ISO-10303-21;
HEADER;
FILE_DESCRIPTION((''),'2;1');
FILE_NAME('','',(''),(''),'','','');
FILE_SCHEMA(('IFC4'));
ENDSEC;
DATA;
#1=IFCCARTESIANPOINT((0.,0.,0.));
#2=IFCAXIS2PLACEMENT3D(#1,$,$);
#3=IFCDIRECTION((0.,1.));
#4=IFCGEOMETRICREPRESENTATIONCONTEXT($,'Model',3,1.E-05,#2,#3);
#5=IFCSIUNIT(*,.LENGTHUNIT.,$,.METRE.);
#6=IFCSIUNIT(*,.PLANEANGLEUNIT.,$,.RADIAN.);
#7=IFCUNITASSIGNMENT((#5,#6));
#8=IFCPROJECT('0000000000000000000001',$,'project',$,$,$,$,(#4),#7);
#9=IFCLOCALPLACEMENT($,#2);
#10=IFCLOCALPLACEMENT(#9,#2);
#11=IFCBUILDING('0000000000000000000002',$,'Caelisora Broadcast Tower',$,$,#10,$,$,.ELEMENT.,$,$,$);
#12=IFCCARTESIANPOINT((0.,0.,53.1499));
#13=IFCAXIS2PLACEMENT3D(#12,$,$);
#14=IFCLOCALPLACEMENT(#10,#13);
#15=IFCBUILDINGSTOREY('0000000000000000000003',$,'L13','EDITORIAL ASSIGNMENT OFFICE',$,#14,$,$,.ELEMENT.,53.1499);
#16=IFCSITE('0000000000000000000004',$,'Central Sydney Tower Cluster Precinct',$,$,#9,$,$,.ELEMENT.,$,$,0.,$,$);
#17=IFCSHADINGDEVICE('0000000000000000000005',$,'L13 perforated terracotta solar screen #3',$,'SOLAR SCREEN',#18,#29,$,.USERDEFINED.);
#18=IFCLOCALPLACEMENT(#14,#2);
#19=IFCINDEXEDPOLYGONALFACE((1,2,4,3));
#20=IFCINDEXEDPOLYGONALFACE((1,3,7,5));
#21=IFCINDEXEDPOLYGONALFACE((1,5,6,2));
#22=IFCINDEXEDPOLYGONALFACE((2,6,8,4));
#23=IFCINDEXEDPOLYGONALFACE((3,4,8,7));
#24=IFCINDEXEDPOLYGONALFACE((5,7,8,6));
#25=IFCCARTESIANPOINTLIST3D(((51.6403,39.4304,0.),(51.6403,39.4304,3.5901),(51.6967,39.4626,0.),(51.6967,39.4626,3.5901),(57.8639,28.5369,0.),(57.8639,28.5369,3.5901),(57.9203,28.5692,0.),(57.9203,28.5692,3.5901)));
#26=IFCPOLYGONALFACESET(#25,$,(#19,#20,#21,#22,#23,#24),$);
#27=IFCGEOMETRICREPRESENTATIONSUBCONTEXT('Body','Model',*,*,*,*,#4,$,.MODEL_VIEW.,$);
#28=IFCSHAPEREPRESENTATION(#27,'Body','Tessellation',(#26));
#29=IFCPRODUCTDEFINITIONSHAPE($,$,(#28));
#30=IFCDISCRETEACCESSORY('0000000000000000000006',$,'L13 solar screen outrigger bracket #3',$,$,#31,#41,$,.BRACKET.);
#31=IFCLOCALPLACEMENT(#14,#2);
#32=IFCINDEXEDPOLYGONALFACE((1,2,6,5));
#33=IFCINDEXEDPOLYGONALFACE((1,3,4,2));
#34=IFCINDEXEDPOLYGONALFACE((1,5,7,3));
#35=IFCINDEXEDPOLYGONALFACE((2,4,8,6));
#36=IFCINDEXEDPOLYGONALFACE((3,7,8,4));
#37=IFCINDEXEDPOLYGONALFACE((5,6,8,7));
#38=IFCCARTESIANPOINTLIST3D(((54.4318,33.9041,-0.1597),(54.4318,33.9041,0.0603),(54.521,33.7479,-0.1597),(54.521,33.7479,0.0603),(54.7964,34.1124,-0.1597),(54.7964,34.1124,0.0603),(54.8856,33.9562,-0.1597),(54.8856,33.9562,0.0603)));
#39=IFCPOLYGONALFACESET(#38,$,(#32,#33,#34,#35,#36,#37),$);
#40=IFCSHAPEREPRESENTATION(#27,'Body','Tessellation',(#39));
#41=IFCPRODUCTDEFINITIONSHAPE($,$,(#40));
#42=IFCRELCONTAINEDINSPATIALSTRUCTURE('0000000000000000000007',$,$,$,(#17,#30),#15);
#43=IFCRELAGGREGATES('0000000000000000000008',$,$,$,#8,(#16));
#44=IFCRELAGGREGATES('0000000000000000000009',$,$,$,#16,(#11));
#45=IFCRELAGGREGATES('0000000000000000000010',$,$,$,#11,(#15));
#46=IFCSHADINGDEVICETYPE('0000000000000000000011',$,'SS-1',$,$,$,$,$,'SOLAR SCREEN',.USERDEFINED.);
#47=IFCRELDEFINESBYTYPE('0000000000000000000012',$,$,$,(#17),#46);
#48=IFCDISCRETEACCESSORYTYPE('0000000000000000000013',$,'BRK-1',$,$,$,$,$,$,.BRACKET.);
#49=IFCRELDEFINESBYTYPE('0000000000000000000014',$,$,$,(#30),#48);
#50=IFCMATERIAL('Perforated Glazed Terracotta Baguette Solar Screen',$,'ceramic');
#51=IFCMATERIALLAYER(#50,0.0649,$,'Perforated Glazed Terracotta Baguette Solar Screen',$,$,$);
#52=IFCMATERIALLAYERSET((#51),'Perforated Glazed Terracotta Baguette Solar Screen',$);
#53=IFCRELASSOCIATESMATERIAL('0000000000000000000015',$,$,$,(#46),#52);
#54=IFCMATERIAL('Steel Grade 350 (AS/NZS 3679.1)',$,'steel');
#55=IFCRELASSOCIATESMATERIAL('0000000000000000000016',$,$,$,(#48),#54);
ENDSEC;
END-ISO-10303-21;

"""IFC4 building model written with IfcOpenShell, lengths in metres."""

from ifc_helpers import new_model, si_unit, direction, frame, origin, origin_2d, place, context, subcontext, project, spatial, rectangle, extrude, source, transform, mapped, material, layer, layer_set, type_object, type_shapes, element, save


model = new_model("IFC4")

# Units and contexts
model_context = context("Model", 3, precision=1e-05, world=origin(), true_north=direction((0.0, 1.0)))
body_context = subcontext(model_context, "Body", "Model", "MODEL_VIEW")
ifc_project = project(units=[si_unit("LENGTHUNIT", "METRE"), si_unit("PLANEANGLEUNIT", "RADIAN")], contexts=[model_context])

# Site, building, storey
site_placement = place(None, origin())
site = spatial("IfcSite", under=ifc_project, at=site_placement, Name="Central Sydney Tower Cluster Precinct", CompositionType="ELEMENT", RefElevation=0.0)
building_placement = place(site_placement, origin())
building = spatial("IfcBuilding", under=site, at=building_placement, Name="Caelisora Broadcast Tower", CompositionType="ELEMENT")
storey_placement = place(building_placement, frame((0.0, 0.0, 53.1499)))
storey = spatial("IfcBuildingStorey", under=building, at=storey_placement, Name="L13", Description="EDITORIAL ASSIGNMENT OFFICE", CompositionType="ELEMENT", Elevation=53.1499)

# Shared definitions
ifc_material_1 = material(Name="Steel Grade 350 (AS/NZS 3679.1)", Category="steel")

# Shading device
ifc_material_2 = material(Name="Perforated Glazed Terracotta Baguette Solar Screen", Category="ceramic")
ifc_layer_1 = layer(ifc_material_2, 0.0649, Name="Perforated Glazed Terracotta Baguette Solar Screen")
ifc_layer_set_1 = layer_set([ifc_layer_1], Name="Perforated Glazed Terracotta Baguette Solar Screen")
shading_device_type = type_object("IfcShadingDeviceType", Name="SS-1", ElementType="SOLAR SCREEN", PredefinedType="USERDEFINED", material=ifc_layer_set_1)
shared_shape_1 = source(origin(), body_context, "Body", "SweptSolid", [
    extrude(rectangle(XDim=12.5459, YDim=0.0649, at=origin_2d()), origin(), (0.0, 0.0, 1.0), 3.5901),
])
type_shapes(shading_device_type, [shared_shape_1])
shading_device_placement = place(storey_placement, frame((54.7803, 33.9998, 0.0), z_axis=(0.0, 0.0, 1.0), x_axis=(-0.496065, 0.868285, 0.0)))
element("IfcShadingDevice", 1, at=shading_device_placement, inside=storey, type_object=shading_device_type, Name="L13 perforated terracotta solar screen #3", ObjectType="SOLAR SCREEN", PredefinedType="USERDEFINED", context=body_context, shape_type="MappedRepresentation", body=[
    mapped(shared_shape_1, transform((0.0, 0.0, 0.0), scale=1.0)),
])

# Discrete accessory
discrete_accessory_type = type_object("IfcDiscreteAccessoryType", Name="BRK-1", PredefinedType="BRACKET", material=ifc_material_1)
shared_shape_2 = source(origin(), body_context, "Body", "SweptSolid", [
    extrude(rectangle(XDim=0.1799, YDim=0.4199, at=origin_2d()), origin(), (0.0, 0.0, 1.0), 0.22),
])
type_shapes(discrete_accessory_type, [shared_shape_2])
discrete_accessory_placement = place(storey_placement, frame((54.6587, 33.9302, -0.1597), z_axis=(0.0, 0.0, 1.0), x_axis=(-0.496065, 0.868285, 0.0)))
element("IfcDiscreteAccessory", 2, at=discrete_accessory_placement, inside=storey, type_object=discrete_accessory_type, Name="L13 solar screen outrigger bracket #3", PredefinedType="BRACKET", context=body_context, shape_type="MappedRepresentation", body=[
    mapped(shared_shape_2, transform((0.0, 0.0, 0.0), scale=1.0)),
])

save(model, "model.ifc")
